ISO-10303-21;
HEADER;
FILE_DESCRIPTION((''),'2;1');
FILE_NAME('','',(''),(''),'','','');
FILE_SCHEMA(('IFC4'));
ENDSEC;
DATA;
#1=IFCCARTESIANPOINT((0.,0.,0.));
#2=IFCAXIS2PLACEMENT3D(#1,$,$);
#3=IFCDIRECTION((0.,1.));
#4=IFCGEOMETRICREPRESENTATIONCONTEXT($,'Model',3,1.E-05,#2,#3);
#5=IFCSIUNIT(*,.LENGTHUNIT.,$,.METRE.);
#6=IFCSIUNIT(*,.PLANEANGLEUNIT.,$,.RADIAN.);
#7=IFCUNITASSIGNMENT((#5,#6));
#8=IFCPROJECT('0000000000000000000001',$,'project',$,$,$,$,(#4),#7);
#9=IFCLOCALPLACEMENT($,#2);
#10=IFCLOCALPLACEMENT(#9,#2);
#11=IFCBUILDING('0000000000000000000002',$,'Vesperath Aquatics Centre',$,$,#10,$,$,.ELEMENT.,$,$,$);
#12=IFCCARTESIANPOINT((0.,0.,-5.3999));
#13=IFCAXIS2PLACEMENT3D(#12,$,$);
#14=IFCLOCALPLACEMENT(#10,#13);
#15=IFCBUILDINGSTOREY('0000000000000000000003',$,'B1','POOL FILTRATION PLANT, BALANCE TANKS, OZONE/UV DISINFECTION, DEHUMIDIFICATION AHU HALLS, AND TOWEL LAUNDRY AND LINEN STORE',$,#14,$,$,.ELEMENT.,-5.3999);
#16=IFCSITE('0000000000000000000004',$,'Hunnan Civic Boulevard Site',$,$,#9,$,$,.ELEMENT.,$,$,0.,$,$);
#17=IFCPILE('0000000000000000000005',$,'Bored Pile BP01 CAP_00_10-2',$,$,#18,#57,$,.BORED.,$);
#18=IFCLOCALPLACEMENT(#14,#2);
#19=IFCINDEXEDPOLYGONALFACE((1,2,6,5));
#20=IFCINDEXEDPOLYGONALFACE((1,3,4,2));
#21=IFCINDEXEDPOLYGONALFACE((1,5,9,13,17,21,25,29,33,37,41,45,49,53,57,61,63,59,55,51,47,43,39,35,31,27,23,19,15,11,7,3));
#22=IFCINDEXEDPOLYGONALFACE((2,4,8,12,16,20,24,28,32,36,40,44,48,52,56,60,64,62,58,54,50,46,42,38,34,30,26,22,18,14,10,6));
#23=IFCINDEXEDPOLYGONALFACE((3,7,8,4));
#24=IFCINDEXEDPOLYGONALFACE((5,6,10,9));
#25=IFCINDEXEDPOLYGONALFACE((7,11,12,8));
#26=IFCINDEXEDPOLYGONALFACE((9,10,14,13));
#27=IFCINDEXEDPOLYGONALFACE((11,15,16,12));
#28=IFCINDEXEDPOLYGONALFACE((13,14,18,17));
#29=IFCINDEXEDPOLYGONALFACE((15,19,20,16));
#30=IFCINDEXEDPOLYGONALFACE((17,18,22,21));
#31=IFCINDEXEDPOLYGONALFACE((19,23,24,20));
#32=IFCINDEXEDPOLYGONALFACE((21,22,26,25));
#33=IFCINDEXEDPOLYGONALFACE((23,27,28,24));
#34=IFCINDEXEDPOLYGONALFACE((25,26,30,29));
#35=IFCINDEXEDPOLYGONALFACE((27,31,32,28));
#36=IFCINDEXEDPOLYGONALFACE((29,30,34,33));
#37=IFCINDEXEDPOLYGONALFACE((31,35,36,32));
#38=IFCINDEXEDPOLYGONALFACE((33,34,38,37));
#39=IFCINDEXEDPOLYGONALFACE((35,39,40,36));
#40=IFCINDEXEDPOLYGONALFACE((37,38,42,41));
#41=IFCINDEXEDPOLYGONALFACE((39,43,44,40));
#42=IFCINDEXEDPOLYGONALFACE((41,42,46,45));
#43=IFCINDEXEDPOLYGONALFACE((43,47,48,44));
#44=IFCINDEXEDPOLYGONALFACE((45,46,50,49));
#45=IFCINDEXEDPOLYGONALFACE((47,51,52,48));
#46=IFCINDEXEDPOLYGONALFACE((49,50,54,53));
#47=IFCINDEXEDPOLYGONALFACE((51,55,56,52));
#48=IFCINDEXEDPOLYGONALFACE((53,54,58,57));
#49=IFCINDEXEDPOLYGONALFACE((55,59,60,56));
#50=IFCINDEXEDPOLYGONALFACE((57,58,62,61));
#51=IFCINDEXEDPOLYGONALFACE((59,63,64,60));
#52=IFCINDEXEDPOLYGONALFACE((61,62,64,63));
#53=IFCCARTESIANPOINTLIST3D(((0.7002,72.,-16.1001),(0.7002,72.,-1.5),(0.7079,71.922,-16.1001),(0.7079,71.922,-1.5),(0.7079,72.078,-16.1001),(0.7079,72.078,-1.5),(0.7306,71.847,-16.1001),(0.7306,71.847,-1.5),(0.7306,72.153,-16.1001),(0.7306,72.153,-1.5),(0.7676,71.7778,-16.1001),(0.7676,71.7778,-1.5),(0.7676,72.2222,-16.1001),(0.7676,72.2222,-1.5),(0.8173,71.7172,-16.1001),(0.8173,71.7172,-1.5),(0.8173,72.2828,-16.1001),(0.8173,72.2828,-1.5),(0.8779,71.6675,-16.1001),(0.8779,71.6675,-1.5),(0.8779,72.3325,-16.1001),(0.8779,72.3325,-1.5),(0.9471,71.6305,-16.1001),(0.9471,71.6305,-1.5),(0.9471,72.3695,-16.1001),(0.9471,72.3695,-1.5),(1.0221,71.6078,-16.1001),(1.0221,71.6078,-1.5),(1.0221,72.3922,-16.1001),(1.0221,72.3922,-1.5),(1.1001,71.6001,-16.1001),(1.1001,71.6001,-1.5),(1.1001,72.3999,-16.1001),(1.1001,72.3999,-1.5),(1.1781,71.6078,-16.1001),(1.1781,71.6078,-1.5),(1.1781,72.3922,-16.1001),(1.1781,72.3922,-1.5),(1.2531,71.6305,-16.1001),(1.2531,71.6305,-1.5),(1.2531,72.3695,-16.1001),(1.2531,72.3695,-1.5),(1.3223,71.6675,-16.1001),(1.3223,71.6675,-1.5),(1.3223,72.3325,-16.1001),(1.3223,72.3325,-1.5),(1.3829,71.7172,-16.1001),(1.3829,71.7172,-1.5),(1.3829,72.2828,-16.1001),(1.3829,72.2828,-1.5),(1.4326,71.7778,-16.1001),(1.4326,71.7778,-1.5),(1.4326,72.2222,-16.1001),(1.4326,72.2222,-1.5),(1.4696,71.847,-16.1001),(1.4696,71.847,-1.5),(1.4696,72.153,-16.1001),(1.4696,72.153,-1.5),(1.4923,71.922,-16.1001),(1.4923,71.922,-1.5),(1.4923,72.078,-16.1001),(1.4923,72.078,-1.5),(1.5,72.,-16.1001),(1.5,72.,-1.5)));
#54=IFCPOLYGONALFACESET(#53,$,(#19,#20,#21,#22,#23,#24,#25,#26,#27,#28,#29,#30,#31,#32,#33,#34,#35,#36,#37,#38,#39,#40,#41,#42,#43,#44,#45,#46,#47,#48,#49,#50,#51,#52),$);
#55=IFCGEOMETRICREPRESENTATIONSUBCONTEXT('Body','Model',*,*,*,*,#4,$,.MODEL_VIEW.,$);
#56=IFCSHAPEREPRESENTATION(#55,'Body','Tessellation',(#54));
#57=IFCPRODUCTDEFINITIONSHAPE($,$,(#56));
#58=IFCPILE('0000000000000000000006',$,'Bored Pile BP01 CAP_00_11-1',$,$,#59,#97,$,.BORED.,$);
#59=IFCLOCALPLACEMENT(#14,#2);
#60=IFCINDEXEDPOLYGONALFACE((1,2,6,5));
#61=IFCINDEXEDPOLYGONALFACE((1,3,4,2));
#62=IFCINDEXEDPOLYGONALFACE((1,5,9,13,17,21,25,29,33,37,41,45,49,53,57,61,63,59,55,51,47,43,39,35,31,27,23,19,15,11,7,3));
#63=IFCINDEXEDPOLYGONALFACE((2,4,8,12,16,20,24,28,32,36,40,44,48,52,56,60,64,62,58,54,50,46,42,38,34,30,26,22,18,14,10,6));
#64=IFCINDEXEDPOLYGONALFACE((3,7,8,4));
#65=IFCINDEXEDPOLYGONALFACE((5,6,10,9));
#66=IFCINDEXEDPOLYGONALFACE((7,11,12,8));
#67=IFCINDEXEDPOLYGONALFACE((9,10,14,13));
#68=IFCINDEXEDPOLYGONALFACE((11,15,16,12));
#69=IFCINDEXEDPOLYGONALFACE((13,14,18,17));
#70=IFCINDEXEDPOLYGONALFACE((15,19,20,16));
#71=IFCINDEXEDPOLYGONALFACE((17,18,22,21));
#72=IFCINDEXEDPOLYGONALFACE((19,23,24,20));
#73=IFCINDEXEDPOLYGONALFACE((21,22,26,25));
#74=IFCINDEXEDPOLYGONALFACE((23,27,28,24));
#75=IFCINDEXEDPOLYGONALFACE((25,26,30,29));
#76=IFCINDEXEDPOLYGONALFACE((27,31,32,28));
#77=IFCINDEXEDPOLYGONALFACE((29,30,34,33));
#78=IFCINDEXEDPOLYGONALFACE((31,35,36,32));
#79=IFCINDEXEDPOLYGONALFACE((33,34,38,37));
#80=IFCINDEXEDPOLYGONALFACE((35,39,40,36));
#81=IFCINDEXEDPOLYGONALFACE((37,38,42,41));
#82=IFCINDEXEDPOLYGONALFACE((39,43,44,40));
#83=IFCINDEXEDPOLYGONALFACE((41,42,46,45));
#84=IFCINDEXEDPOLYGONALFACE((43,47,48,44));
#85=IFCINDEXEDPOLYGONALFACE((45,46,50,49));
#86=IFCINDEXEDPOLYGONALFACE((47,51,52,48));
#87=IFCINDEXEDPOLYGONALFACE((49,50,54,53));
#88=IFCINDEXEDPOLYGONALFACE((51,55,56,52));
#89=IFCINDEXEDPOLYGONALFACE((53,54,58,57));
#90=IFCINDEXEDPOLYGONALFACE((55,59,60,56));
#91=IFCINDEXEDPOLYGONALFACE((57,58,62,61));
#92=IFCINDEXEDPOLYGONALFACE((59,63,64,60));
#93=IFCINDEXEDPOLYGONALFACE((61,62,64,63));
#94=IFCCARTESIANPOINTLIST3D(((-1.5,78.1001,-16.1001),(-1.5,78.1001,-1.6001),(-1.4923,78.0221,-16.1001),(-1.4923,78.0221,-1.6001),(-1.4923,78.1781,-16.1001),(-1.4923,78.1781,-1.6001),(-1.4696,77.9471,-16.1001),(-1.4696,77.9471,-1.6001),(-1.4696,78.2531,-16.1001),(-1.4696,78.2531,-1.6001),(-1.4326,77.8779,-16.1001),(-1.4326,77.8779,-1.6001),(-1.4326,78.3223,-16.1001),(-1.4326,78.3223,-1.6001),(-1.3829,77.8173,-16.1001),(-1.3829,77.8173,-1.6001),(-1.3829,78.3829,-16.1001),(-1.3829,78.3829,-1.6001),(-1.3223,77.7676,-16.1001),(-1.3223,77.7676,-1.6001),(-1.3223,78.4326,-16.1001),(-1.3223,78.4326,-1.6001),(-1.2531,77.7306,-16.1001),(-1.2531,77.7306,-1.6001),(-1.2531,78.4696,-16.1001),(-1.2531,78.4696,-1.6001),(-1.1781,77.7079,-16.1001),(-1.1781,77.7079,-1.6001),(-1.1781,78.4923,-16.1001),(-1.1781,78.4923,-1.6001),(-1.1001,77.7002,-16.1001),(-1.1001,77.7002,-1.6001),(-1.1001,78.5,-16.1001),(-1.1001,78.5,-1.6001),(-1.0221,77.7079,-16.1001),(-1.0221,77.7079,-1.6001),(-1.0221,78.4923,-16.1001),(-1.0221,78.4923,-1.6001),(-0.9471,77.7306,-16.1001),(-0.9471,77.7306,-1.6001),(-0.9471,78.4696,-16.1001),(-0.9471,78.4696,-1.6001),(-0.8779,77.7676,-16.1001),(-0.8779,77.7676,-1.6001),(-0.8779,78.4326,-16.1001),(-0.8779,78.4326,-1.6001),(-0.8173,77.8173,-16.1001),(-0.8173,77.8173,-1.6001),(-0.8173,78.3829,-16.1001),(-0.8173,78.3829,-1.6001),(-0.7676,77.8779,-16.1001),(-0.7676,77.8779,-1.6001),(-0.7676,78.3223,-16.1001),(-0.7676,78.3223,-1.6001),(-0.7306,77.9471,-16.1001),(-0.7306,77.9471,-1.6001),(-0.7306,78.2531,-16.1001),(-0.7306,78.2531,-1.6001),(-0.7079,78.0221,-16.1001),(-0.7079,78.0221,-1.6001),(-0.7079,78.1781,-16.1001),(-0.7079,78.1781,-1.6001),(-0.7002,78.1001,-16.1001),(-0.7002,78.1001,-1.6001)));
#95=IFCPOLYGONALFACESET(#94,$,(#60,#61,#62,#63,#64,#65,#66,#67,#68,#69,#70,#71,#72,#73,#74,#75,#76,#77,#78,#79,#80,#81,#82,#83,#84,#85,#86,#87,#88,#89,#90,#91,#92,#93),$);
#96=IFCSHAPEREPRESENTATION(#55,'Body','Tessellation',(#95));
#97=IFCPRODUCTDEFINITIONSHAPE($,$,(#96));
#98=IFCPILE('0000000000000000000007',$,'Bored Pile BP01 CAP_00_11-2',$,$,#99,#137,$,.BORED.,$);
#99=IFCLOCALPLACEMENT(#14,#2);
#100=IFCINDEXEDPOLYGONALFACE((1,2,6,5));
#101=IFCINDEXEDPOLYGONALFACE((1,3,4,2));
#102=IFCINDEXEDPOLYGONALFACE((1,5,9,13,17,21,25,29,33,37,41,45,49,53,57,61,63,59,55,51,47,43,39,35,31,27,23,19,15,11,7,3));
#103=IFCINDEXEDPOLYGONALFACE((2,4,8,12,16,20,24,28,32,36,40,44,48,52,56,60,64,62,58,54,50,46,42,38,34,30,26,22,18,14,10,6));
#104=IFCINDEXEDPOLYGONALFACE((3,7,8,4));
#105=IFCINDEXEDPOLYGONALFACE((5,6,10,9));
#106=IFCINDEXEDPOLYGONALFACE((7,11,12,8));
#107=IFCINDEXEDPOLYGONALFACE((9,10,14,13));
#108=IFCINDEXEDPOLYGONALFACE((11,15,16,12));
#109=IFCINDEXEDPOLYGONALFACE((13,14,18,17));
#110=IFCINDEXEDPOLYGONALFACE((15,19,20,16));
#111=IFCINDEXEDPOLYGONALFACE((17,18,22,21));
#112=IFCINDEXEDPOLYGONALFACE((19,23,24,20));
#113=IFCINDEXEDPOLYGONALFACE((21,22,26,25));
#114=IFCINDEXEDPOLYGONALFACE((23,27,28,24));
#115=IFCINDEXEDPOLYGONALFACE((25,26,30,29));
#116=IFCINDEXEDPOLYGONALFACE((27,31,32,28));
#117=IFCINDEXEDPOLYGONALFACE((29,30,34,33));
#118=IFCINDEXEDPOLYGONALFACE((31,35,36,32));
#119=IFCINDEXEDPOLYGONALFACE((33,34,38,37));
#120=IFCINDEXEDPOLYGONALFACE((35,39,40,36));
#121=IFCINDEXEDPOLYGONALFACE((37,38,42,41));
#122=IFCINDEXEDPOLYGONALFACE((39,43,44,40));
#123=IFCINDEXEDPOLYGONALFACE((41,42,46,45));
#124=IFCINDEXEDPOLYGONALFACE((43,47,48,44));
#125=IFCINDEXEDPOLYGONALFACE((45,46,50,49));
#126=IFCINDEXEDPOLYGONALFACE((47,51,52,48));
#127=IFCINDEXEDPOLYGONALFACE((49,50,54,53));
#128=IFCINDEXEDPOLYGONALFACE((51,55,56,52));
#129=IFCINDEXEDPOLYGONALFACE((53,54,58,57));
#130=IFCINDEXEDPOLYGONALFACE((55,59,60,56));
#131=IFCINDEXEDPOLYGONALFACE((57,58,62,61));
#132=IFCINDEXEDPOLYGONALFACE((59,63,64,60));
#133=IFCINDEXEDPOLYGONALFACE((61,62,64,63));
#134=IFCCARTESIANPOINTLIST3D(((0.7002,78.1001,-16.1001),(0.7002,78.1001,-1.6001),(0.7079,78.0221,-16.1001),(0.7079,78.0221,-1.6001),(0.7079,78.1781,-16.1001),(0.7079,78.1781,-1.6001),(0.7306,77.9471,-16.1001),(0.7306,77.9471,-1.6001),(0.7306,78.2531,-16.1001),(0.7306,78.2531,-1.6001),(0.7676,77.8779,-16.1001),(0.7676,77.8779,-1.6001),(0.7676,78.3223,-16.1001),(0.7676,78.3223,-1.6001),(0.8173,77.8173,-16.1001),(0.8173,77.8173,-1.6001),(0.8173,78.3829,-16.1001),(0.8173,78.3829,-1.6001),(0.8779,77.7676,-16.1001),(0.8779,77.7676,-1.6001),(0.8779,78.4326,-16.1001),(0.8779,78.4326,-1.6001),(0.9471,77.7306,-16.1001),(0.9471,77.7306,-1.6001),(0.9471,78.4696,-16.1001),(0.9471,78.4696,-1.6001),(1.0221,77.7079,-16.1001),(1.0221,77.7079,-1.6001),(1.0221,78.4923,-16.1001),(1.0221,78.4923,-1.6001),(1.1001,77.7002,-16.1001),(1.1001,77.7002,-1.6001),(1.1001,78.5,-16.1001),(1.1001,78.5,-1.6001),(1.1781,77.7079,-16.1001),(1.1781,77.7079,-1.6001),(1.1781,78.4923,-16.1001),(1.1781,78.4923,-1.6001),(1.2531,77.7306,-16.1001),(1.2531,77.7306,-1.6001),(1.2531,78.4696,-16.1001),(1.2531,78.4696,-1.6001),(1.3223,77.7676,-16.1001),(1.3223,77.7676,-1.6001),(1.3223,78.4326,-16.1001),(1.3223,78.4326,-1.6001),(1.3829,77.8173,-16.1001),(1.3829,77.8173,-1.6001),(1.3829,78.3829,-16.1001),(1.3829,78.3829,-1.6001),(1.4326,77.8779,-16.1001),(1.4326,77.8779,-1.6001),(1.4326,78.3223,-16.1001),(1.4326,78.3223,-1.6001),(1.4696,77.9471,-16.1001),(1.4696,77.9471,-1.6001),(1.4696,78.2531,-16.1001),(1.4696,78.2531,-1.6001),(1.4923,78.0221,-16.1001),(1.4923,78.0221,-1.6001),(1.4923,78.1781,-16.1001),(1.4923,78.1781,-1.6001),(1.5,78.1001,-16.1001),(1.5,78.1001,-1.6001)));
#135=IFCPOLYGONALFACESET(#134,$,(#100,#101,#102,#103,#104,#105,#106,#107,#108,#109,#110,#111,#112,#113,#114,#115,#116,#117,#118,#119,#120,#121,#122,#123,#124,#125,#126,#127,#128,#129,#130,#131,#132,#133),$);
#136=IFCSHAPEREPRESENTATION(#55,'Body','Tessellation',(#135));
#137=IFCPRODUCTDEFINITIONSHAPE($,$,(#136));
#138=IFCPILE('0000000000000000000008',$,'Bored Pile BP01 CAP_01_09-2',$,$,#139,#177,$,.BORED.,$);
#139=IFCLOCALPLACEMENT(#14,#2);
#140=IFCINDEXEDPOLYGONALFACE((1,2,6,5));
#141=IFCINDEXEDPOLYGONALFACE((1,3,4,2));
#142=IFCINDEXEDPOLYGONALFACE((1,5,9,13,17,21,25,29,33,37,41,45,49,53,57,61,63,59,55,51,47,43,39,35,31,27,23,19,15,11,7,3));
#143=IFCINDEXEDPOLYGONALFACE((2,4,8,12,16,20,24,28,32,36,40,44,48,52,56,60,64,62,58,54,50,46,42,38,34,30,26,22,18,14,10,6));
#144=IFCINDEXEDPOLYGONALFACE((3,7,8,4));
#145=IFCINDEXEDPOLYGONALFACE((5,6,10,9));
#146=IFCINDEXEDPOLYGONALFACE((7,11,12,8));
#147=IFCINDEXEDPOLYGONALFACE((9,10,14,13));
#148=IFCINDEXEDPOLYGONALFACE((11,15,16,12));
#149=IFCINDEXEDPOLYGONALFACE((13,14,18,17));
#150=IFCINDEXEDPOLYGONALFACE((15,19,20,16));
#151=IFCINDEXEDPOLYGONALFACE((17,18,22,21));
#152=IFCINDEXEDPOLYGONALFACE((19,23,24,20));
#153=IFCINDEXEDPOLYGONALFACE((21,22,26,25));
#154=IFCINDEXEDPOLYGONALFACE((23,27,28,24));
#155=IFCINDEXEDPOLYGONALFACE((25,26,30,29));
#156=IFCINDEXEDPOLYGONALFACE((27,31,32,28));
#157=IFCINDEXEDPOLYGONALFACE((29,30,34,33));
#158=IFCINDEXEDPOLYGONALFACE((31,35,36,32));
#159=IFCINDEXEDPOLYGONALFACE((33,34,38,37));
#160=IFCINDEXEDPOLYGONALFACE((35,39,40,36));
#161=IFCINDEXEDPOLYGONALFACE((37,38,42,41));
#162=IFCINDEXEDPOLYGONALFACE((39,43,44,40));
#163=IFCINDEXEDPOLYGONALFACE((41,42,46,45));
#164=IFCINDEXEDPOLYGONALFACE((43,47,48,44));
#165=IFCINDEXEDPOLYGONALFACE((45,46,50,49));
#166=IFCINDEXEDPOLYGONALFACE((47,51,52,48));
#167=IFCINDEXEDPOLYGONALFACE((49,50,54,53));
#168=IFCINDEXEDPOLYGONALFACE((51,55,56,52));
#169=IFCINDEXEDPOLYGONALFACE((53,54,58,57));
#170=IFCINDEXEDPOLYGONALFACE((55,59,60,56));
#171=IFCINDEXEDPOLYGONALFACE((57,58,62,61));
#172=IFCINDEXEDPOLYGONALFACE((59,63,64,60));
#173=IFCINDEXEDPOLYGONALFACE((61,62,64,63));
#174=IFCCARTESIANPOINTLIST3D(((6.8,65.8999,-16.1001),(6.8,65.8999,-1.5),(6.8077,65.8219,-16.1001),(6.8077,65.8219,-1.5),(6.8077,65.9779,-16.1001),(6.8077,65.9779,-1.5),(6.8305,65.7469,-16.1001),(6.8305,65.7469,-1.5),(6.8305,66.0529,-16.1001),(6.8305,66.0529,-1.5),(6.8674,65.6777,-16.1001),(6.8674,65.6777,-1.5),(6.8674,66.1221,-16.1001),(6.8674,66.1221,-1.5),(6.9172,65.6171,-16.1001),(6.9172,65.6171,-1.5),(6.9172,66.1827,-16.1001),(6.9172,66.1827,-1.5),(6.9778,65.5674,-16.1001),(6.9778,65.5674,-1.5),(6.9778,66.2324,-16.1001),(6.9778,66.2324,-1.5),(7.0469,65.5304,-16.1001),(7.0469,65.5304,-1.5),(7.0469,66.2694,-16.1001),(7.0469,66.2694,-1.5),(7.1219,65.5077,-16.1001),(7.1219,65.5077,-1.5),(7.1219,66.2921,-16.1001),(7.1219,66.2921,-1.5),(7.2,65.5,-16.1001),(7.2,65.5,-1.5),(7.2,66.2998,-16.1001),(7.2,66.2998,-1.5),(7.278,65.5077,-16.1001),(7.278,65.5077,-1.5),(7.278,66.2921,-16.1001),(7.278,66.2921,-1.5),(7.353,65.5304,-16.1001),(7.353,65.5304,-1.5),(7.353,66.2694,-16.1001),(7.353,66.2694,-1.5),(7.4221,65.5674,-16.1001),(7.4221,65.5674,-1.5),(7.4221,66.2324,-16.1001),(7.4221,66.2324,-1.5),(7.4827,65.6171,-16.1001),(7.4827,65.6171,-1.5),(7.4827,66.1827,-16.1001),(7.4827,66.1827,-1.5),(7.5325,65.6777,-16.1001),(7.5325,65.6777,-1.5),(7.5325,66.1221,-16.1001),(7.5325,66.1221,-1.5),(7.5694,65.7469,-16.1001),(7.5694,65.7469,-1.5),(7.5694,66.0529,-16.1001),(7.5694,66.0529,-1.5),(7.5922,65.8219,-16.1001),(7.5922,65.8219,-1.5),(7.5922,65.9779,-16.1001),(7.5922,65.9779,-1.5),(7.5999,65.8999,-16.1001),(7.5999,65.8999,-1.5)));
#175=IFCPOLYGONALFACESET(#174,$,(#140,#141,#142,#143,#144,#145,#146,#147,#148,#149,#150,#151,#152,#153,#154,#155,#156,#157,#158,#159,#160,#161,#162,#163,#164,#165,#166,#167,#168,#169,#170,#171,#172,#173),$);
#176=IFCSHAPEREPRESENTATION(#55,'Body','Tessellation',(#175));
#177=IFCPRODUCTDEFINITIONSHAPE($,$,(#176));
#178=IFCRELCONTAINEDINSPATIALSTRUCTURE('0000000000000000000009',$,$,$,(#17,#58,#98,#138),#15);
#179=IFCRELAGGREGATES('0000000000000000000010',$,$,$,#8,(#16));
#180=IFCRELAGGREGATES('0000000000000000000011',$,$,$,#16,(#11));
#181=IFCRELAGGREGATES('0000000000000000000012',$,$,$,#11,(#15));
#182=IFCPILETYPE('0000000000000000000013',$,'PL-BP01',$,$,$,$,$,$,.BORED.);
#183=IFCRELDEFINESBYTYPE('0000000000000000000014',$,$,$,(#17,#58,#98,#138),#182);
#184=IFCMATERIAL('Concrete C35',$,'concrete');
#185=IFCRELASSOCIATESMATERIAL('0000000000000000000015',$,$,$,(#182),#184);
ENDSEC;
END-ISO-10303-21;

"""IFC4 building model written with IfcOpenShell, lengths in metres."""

from ifc_helpers import new_model, si_unit, direction, frame, origin, origin_2d, place, context, subcontext, project, spatial, circle, extrude, material, material_profile, profile_set, type_object, element, save


model = new_model("IFC4")

# Units and contexts
model_context = context("Model", 3, precision=1e-05, world=origin(), true_north=direction((0.0, 1.0)))
body_context = subcontext(model_context, "Body", "Model", "MODEL_VIEW")
ifc_project = project(units=[si_unit("LENGTHUNIT", "METRE"), si_unit("PLANEANGLEUNIT", "RADIAN")], contexts=[model_context])

# Site, building, storey
site_placement = place(None, origin())
site = spatial("IfcSite", under=ifc_project, at=site_placement, Name="Hunnan Civic Boulevard Site", CompositionType="ELEMENT", RefElevation=0.0)
building_placement = place(site_placement, origin())
building = spatial("IfcBuilding", under=site, at=building_placement, Name="Vesperath Aquatics Centre", CompositionType="ELEMENT")
storey_placement = place(building_placement, frame((0.0, 0.0, -5.3999)))
storey = spatial("IfcBuildingStorey", under=building, at=storey_placement, Name="B1", Description="POOL FILTRATION PLANT, BALANCE TANKS, OZONE/UV DISINFECTION, DEHUMIDIFICATION AHU HALLS, AND TOWEL LAUNDRY AND LINEN STORE", CompositionType="ELEMENT", Elevation=-5.3999)

# Piles
ifc_material_1 = material(Name="Concrete C35", Category="concrete")
ifc_material_profile_1 = material_profile(ifc_material_1, circle(Radius=0.3999, at=origin_2d()), Name="PILE D800")
ifc_profile_set_1 = profile_set([ifc_material_profile_1], Name="Concrete C35")
pile_type = type_object("IfcPileType", Name="PL-BP01", PredefinedType="BORED", material=ifc_profile_set_1)
for number, where, z_axis, x_axis, name in (
    (1, (1.1001, 72.0, -1.5), (0.0, 0.0, -1.0), (1.0, 0.0, 0.0), "Bored Pile BP01 CAP_00_10-2"),
):
    element("IfcPile", number, at=place(storey_placement, frame(where, z_axis=z_axis, x_axis=x_axis)), inside=storey, type_object=pile_type, Name=name, PredefinedType="BORED", context=body_context, shape_type="SweptSolid", body=[
        extrude(circle(Radius=0.3999, at=origin_2d()), origin(), (0.0, 0.0, 1.0), 14.6001),
    ])
for number, where, z_axis, x_axis, name in (
    (2, (-1.1001, 78.1001, -1.6001), (0.0, 0.0, -1.0), (1.0, 0.0, 0.0), "Bored Pile BP01 CAP_00_11-1"),
    (3, (1.1001, 78.1001, -1.6001), (0.0, 0.0, -1.0), (1.0, 0.0, 0.0), "Bored Pile BP01 CAP_00_11-2"),
):
    element("IfcPile", number, at=place(storey_placement, frame(where, z_axis=z_axis, x_axis=x_axis)), inside=storey, type_object=pile_type, Name=name, PredefinedType="BORED", context=body_context, shape_type="SweptSolid", body=[
        extrude(circle(Radius=0.3999, at=origin_2d()), origin(), (0.0, 0.0, 1.0), 14.5),
    ])
pile_1_placement = place(storey_placement, frame((7.2, 65.8999, -1.5), z_axis=(0.0, 0.0, -1.0), x_axis=(1.0, 0.0, 0.0)))
element("IfcPile", 4, at=pile_1_placement, inside=storey, type_object=pile_type, Name="Bored Pile BP01 CAP_01_09-2", PredefinedType="BORED", context=body_context, shape_type="SweptSolid", body=[
    extrude(circle(Radius=0.3999, at=origin_2d()), origin(), (0.0, 0.0, 1.0), 14.6001),
])

save(model, "model.ifc")
